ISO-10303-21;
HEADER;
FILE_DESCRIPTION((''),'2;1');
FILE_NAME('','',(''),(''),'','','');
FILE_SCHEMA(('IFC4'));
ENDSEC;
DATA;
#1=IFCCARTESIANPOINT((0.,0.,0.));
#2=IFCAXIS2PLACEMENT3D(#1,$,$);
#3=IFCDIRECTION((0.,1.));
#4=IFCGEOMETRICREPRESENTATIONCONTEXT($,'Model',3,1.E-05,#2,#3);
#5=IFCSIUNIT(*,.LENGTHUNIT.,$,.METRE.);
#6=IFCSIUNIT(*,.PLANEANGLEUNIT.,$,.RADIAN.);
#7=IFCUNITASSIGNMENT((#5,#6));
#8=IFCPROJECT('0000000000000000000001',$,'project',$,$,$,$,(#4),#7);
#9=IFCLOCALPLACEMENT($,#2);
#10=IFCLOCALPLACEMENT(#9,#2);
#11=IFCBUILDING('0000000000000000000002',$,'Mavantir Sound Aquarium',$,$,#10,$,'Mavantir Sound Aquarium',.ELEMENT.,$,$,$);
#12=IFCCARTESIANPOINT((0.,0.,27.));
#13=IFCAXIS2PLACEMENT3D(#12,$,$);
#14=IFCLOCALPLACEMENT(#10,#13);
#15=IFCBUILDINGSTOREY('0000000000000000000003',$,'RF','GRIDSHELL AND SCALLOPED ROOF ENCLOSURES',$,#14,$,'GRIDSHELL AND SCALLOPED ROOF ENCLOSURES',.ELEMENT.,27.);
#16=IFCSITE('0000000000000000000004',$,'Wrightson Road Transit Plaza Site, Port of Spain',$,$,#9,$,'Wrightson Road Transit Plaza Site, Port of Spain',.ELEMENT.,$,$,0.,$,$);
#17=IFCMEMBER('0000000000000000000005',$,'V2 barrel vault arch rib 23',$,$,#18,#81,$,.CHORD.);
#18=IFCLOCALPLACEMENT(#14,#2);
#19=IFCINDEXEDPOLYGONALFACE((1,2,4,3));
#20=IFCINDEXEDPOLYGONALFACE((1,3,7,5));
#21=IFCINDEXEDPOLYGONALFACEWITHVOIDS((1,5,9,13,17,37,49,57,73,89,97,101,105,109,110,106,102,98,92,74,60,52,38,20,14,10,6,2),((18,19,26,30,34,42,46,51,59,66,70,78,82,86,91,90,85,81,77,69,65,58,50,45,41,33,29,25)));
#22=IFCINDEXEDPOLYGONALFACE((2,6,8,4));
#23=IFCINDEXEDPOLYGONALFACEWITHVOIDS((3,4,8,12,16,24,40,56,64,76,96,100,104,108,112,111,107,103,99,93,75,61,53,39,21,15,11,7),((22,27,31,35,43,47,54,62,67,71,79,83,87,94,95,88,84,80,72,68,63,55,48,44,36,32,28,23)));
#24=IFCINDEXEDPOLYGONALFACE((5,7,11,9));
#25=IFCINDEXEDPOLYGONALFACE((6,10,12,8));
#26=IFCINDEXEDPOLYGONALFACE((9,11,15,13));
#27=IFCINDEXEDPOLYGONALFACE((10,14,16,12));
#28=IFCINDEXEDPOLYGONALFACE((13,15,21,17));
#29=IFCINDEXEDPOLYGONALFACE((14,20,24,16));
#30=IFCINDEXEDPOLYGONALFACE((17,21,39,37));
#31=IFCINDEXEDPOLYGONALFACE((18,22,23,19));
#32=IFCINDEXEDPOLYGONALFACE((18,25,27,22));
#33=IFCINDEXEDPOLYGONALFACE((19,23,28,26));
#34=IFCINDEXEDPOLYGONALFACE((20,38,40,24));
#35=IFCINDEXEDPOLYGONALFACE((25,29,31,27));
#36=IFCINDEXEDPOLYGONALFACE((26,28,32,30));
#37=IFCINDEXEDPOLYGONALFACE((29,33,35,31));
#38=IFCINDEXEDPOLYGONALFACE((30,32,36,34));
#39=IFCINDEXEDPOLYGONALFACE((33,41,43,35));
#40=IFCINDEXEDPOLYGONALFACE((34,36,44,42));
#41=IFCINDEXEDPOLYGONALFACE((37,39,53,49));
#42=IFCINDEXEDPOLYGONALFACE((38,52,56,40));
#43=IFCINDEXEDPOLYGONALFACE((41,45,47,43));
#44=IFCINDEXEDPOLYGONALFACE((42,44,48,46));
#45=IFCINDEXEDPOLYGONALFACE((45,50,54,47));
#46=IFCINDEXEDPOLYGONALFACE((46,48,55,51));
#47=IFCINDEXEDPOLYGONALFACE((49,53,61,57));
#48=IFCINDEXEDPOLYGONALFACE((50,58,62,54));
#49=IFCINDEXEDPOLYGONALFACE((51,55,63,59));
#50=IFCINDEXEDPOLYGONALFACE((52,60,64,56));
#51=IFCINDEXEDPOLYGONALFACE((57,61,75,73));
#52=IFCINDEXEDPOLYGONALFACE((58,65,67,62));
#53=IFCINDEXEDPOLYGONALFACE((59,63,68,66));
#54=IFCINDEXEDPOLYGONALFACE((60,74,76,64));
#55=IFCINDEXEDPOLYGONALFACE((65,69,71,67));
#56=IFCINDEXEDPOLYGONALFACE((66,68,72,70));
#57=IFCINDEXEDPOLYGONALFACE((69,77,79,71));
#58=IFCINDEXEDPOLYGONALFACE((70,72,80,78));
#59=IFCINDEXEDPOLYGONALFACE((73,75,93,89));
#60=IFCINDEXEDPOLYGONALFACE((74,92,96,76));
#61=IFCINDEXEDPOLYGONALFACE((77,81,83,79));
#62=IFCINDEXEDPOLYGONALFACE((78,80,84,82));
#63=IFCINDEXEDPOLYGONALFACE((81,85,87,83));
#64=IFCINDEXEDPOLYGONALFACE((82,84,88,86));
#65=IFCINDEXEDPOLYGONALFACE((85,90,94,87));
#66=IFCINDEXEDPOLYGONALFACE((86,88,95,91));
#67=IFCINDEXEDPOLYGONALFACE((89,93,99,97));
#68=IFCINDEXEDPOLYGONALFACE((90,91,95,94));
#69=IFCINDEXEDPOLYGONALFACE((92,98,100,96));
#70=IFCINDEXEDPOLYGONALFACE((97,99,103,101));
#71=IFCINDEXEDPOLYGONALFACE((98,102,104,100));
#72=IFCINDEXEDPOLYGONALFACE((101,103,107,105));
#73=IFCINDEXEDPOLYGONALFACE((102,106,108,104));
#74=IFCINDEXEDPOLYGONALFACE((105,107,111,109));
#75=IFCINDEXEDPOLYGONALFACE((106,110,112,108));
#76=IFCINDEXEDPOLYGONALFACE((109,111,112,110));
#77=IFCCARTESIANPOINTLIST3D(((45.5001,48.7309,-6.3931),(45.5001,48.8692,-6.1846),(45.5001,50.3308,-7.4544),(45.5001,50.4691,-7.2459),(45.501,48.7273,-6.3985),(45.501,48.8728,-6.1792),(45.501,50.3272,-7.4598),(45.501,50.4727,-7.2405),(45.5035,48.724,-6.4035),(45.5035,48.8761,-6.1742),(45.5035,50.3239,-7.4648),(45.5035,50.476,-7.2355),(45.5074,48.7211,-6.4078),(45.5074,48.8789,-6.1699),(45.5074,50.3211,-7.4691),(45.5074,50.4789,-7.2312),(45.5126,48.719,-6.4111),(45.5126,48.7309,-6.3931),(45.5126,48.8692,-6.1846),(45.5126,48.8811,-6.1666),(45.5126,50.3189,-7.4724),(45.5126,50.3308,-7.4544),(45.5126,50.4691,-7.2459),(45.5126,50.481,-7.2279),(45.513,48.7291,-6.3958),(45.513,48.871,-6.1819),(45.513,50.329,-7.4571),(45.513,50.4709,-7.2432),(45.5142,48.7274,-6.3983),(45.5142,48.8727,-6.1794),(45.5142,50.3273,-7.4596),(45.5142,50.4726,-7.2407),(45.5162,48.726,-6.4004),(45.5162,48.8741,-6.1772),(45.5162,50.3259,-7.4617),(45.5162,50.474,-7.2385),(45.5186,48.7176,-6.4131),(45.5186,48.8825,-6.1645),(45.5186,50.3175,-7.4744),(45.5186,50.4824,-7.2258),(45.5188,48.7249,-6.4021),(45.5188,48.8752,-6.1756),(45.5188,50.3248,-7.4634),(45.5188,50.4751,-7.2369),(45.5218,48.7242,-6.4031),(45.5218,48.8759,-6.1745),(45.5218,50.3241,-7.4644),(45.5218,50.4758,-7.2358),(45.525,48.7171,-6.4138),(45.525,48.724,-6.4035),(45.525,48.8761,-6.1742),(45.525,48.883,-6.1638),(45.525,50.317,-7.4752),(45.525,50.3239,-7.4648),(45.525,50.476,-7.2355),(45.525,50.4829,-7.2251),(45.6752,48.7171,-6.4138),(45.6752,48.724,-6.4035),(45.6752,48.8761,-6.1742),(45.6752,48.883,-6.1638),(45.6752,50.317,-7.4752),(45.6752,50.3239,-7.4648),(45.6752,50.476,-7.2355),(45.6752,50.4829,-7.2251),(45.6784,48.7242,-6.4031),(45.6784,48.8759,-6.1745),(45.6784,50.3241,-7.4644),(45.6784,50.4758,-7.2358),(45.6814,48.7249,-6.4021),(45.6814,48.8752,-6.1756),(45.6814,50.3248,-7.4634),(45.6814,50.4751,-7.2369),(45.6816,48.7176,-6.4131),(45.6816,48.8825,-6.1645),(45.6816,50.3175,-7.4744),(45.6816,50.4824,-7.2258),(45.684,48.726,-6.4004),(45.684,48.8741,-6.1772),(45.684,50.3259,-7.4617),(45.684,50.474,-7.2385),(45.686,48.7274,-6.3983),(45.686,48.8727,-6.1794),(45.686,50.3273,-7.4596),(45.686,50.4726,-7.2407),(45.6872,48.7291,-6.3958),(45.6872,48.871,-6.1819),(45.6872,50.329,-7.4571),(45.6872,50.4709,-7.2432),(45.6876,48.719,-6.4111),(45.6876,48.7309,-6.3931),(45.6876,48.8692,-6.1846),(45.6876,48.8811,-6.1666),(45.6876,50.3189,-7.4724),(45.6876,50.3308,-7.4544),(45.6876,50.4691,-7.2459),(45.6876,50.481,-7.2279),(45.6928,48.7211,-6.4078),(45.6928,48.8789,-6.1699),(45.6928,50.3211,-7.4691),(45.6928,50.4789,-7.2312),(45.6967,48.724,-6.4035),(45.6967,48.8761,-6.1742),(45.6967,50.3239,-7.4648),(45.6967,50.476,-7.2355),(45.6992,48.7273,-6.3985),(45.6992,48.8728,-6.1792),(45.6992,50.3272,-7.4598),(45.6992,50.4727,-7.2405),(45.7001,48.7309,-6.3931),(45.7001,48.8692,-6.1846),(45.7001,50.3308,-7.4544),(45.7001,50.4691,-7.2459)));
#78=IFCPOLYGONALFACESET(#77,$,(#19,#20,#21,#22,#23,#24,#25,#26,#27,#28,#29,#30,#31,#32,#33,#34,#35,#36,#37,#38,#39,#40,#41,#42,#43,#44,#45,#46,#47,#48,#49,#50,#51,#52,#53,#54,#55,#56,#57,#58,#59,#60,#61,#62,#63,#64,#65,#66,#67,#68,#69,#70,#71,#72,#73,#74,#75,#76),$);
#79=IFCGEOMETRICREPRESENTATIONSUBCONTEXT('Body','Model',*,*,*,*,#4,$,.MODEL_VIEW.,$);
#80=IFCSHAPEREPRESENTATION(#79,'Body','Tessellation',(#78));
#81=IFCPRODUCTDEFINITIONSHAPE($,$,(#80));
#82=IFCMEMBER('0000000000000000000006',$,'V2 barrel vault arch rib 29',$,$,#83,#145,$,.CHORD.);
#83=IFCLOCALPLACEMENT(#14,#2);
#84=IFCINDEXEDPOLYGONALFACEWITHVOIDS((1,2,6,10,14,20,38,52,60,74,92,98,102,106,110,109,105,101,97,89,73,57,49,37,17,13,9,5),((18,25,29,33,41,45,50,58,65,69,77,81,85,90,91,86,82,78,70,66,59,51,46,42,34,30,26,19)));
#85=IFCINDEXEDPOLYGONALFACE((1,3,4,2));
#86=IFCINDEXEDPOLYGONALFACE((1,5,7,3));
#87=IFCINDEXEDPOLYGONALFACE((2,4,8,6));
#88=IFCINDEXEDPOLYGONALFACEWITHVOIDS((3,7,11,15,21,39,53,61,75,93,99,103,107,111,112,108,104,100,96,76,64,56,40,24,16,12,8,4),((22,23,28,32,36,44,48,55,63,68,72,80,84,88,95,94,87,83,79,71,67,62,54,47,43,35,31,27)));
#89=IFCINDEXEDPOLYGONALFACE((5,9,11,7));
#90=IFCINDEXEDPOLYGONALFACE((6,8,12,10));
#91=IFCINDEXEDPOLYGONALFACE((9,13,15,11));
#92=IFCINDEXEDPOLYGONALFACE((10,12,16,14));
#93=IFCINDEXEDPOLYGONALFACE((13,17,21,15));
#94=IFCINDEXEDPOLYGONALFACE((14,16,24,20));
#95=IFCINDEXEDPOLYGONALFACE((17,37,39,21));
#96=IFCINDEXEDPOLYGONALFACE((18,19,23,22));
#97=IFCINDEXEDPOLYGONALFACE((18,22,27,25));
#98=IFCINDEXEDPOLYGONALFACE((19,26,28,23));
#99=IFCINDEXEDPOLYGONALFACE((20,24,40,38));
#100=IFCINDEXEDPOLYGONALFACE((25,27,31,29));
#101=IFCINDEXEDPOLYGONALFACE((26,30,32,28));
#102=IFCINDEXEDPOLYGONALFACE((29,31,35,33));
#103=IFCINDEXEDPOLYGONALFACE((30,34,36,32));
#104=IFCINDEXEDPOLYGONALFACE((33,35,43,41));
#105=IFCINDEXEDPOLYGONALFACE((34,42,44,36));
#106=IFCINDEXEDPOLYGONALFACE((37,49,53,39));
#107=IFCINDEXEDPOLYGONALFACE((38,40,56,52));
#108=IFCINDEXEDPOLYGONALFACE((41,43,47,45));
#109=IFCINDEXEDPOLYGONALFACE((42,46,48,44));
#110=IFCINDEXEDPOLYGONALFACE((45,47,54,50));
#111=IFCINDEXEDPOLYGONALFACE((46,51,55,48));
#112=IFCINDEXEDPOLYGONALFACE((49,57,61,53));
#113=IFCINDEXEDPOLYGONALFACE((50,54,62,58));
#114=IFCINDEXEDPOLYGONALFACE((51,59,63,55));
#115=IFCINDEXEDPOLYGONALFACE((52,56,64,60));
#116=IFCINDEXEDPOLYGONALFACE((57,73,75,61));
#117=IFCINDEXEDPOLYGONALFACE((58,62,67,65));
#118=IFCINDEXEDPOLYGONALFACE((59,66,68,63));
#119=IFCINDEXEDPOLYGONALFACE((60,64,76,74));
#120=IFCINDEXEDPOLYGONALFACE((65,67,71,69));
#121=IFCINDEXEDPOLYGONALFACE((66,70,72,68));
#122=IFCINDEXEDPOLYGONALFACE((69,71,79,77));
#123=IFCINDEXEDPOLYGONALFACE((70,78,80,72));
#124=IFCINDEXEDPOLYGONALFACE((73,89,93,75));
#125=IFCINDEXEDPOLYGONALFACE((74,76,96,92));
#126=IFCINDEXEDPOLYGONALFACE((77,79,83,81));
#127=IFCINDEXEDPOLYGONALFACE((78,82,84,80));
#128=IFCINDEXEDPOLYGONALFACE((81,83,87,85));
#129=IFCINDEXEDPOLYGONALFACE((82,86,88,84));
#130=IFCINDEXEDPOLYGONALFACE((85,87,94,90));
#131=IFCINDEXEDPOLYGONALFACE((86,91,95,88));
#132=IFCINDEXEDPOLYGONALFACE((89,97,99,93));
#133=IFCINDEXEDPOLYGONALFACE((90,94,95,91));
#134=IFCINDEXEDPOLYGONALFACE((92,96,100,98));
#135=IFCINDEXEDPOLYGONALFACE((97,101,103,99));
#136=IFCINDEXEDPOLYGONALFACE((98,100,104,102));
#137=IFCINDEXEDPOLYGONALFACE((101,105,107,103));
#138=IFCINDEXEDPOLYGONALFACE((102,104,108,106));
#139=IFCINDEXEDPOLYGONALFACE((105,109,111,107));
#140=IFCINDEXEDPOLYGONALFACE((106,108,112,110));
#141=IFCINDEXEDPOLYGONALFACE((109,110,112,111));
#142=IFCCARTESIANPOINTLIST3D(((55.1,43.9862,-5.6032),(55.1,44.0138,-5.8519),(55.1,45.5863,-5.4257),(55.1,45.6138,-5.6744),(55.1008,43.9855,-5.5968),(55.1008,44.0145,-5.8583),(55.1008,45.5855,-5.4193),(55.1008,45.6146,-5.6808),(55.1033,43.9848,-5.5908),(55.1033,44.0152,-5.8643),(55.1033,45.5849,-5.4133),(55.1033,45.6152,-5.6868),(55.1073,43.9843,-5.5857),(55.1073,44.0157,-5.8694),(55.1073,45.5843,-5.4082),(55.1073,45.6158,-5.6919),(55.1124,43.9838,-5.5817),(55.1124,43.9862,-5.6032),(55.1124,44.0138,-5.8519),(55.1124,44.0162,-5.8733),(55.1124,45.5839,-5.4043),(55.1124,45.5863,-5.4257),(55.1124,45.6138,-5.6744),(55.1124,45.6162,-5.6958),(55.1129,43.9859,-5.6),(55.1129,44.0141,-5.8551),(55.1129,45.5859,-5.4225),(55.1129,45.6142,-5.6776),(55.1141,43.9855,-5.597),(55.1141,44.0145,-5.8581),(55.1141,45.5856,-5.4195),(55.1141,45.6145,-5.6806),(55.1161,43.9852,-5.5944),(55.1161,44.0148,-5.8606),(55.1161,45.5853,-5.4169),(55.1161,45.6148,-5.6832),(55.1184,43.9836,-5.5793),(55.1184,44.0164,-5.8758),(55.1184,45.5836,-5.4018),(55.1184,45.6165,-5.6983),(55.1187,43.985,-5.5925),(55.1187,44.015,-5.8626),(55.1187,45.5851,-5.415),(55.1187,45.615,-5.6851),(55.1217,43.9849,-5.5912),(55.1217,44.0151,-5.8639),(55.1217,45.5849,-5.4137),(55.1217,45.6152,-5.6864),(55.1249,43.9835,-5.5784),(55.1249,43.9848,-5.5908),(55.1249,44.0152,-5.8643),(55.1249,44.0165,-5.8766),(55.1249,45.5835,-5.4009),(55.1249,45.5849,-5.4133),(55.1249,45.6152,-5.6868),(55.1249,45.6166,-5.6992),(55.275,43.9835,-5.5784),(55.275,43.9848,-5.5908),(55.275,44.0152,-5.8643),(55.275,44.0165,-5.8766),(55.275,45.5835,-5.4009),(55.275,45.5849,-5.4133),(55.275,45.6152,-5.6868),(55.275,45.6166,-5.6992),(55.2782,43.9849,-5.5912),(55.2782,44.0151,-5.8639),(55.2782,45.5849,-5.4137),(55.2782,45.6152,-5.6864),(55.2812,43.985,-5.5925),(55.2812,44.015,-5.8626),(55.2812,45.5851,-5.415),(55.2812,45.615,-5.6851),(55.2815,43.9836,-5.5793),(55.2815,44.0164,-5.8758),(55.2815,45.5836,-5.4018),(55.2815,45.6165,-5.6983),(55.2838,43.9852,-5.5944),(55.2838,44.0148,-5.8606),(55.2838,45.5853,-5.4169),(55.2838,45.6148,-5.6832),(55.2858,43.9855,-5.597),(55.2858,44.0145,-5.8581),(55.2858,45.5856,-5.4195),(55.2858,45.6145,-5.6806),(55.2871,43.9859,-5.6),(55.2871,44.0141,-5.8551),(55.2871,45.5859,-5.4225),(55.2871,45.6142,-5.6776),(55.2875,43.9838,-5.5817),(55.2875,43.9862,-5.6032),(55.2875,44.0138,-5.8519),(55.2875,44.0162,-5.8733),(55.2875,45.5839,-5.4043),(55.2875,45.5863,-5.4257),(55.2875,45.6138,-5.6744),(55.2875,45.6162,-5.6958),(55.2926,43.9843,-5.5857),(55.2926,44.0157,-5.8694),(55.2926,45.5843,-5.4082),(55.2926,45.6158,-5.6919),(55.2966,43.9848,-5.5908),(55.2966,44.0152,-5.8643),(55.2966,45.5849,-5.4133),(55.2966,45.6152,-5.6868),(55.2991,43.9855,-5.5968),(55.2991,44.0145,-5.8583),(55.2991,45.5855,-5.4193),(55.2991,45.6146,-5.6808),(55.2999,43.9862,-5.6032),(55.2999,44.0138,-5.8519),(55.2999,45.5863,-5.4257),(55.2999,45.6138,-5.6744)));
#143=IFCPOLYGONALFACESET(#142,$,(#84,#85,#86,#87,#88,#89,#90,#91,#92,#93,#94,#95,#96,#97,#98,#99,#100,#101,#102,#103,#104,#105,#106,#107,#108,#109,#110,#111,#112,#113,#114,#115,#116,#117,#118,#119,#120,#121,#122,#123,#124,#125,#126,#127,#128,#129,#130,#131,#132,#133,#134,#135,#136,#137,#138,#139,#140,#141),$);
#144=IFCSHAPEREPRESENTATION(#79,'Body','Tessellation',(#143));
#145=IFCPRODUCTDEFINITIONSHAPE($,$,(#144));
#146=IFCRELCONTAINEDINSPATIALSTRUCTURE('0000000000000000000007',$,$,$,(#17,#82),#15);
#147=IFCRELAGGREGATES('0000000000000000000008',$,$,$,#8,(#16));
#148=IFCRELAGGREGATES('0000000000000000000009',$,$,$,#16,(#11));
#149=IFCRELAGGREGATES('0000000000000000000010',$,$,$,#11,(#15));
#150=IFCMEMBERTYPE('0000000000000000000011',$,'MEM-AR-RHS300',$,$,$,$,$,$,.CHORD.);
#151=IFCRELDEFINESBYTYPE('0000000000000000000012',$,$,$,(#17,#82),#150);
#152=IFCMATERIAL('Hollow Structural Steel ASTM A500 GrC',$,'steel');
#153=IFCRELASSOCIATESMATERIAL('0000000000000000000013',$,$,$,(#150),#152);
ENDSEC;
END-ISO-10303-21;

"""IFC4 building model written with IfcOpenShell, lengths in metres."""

from ifc_helpers import new_model, si_unit, direction, frame, origin, origin_2d, place, context, subcontext, project, spatial, hollow_rectangle, extrude, material, material_profile, profile_set, type_object, element, save


model = new_model("IFC4")

# Units and contexts
model_context = context("Model", 3, precision=1e-05, world=origin(), true_north=direction((0.0, 1.0)))
body_context = subcontext(model_context, "Body", "Model", "MODEL_VIEW")
ifc_project = project(units=[si_unit("LENGTHUNIT", "METRE"), si_unit("PLANEANGLEUNIT", "RADIAN")], contexts=[model_context])

# Site, building, storey
site_placement = place(None, origin())
site = spatial("IfcSite", under=ifc_project, at=site_placement, Name="Wrightson Road Transit Plaza Site, Port of Spain", LongName="Wrightson Road Transit Plaza Site, Port of Spain", CompositionType="ELEMENT", RefElevation=0.0)
building_placement = place(site_placement, origin())
building = spatial("IfcBuilding", under=site, at=building_placement, Name="Mavantir Sound Aquarium", LongName="Mavantir Sound Aquarium", CompositionType="ELEMENT")
storey_placement = place(building_placement, frame((0.0, 0.0, 27.0)))
storey = spatial("IfcBuildingStorey", under=building, at=storey_placement, Name="RF", Description="GRIDSHELL AND SCALLOPED ROOF ENCLOSURES", LongName="GRIDSHELL AND SCALLOPED ROOF ENCLOSURES", CompositionType="ELEMENT", Elevation=27.0)

# Members
ifc_material_1 = material(Name="Hollow Structural Steel ASTM A500 GrC", Category="steel")
ifc_material_profile_1 = material_profile(ifc_material_1, hollow_rectangle(XDim=0.2, YDim=0.3, WallThickness=0.0125, InnerFilletRadius=0.0125, OuterFilletRadius=0.0249, at=origin_2d()), Name="RHS 300X200X12.5")
ifc_profile_set_1 = profile_set([ifc_material_profile_1], Name="Hollow Structural Steel ASTM A500 GrC")
member_type_1 = type_object("IfcMemberType", Name="MEM-AR-RHS300", PredefinedType="CHORD", material=ifc_profile_set_1)
member_1_placement = place(storey_placement, frame((45.6001, 48.8, -6.2888), z_axis=(0.0, 0.83332, -0.552791), x_axis=(-1.0, 0.0, 0.0)))
element("IfcMember", 1, at=member_1_placement, inside=storey, type_object=member_type_1, Name="V2 barrel vault arch rib 23", PredefinedType="CHORD", context=body_context, shape_type="SweptSolid", body=[
    extrude(hollow_rectangle(XDim=0.2, YDim=0.3, WallThickness=0.0125, InnerFilletRadius=0.0125, OuterFilletRadius=0.0249, at=origin_2d()), origin(), (0.0, 0.0, 1.0), 1.9199),
])
member_2_placement = place(storey_placement, frame((55.2, 44.0, -5.7275), z_axis=(0.0, 0.993904, 0.110248), x_axis=(-1.0, 0.0, 0.0)))
element("IfcMember", 2, at=member_2_placement, inside=storey, type_object=member_type_1, Name="V2 barrel vault arch rib 29", PredefinedType="CHORD", context=body_context, shape_type="SweptSolid", body=[
    extrude(hollow_rectangle(XDim=0.2, YDim=0.3, WallThickness=0.0125, InnerFilletRadius=0.0125, OuterFilletRadius=0.0249, at=origin_2d()), origin(), (0.0, 0.0, 1.0), 1.6099),
])

save(model, "model.ifc")
